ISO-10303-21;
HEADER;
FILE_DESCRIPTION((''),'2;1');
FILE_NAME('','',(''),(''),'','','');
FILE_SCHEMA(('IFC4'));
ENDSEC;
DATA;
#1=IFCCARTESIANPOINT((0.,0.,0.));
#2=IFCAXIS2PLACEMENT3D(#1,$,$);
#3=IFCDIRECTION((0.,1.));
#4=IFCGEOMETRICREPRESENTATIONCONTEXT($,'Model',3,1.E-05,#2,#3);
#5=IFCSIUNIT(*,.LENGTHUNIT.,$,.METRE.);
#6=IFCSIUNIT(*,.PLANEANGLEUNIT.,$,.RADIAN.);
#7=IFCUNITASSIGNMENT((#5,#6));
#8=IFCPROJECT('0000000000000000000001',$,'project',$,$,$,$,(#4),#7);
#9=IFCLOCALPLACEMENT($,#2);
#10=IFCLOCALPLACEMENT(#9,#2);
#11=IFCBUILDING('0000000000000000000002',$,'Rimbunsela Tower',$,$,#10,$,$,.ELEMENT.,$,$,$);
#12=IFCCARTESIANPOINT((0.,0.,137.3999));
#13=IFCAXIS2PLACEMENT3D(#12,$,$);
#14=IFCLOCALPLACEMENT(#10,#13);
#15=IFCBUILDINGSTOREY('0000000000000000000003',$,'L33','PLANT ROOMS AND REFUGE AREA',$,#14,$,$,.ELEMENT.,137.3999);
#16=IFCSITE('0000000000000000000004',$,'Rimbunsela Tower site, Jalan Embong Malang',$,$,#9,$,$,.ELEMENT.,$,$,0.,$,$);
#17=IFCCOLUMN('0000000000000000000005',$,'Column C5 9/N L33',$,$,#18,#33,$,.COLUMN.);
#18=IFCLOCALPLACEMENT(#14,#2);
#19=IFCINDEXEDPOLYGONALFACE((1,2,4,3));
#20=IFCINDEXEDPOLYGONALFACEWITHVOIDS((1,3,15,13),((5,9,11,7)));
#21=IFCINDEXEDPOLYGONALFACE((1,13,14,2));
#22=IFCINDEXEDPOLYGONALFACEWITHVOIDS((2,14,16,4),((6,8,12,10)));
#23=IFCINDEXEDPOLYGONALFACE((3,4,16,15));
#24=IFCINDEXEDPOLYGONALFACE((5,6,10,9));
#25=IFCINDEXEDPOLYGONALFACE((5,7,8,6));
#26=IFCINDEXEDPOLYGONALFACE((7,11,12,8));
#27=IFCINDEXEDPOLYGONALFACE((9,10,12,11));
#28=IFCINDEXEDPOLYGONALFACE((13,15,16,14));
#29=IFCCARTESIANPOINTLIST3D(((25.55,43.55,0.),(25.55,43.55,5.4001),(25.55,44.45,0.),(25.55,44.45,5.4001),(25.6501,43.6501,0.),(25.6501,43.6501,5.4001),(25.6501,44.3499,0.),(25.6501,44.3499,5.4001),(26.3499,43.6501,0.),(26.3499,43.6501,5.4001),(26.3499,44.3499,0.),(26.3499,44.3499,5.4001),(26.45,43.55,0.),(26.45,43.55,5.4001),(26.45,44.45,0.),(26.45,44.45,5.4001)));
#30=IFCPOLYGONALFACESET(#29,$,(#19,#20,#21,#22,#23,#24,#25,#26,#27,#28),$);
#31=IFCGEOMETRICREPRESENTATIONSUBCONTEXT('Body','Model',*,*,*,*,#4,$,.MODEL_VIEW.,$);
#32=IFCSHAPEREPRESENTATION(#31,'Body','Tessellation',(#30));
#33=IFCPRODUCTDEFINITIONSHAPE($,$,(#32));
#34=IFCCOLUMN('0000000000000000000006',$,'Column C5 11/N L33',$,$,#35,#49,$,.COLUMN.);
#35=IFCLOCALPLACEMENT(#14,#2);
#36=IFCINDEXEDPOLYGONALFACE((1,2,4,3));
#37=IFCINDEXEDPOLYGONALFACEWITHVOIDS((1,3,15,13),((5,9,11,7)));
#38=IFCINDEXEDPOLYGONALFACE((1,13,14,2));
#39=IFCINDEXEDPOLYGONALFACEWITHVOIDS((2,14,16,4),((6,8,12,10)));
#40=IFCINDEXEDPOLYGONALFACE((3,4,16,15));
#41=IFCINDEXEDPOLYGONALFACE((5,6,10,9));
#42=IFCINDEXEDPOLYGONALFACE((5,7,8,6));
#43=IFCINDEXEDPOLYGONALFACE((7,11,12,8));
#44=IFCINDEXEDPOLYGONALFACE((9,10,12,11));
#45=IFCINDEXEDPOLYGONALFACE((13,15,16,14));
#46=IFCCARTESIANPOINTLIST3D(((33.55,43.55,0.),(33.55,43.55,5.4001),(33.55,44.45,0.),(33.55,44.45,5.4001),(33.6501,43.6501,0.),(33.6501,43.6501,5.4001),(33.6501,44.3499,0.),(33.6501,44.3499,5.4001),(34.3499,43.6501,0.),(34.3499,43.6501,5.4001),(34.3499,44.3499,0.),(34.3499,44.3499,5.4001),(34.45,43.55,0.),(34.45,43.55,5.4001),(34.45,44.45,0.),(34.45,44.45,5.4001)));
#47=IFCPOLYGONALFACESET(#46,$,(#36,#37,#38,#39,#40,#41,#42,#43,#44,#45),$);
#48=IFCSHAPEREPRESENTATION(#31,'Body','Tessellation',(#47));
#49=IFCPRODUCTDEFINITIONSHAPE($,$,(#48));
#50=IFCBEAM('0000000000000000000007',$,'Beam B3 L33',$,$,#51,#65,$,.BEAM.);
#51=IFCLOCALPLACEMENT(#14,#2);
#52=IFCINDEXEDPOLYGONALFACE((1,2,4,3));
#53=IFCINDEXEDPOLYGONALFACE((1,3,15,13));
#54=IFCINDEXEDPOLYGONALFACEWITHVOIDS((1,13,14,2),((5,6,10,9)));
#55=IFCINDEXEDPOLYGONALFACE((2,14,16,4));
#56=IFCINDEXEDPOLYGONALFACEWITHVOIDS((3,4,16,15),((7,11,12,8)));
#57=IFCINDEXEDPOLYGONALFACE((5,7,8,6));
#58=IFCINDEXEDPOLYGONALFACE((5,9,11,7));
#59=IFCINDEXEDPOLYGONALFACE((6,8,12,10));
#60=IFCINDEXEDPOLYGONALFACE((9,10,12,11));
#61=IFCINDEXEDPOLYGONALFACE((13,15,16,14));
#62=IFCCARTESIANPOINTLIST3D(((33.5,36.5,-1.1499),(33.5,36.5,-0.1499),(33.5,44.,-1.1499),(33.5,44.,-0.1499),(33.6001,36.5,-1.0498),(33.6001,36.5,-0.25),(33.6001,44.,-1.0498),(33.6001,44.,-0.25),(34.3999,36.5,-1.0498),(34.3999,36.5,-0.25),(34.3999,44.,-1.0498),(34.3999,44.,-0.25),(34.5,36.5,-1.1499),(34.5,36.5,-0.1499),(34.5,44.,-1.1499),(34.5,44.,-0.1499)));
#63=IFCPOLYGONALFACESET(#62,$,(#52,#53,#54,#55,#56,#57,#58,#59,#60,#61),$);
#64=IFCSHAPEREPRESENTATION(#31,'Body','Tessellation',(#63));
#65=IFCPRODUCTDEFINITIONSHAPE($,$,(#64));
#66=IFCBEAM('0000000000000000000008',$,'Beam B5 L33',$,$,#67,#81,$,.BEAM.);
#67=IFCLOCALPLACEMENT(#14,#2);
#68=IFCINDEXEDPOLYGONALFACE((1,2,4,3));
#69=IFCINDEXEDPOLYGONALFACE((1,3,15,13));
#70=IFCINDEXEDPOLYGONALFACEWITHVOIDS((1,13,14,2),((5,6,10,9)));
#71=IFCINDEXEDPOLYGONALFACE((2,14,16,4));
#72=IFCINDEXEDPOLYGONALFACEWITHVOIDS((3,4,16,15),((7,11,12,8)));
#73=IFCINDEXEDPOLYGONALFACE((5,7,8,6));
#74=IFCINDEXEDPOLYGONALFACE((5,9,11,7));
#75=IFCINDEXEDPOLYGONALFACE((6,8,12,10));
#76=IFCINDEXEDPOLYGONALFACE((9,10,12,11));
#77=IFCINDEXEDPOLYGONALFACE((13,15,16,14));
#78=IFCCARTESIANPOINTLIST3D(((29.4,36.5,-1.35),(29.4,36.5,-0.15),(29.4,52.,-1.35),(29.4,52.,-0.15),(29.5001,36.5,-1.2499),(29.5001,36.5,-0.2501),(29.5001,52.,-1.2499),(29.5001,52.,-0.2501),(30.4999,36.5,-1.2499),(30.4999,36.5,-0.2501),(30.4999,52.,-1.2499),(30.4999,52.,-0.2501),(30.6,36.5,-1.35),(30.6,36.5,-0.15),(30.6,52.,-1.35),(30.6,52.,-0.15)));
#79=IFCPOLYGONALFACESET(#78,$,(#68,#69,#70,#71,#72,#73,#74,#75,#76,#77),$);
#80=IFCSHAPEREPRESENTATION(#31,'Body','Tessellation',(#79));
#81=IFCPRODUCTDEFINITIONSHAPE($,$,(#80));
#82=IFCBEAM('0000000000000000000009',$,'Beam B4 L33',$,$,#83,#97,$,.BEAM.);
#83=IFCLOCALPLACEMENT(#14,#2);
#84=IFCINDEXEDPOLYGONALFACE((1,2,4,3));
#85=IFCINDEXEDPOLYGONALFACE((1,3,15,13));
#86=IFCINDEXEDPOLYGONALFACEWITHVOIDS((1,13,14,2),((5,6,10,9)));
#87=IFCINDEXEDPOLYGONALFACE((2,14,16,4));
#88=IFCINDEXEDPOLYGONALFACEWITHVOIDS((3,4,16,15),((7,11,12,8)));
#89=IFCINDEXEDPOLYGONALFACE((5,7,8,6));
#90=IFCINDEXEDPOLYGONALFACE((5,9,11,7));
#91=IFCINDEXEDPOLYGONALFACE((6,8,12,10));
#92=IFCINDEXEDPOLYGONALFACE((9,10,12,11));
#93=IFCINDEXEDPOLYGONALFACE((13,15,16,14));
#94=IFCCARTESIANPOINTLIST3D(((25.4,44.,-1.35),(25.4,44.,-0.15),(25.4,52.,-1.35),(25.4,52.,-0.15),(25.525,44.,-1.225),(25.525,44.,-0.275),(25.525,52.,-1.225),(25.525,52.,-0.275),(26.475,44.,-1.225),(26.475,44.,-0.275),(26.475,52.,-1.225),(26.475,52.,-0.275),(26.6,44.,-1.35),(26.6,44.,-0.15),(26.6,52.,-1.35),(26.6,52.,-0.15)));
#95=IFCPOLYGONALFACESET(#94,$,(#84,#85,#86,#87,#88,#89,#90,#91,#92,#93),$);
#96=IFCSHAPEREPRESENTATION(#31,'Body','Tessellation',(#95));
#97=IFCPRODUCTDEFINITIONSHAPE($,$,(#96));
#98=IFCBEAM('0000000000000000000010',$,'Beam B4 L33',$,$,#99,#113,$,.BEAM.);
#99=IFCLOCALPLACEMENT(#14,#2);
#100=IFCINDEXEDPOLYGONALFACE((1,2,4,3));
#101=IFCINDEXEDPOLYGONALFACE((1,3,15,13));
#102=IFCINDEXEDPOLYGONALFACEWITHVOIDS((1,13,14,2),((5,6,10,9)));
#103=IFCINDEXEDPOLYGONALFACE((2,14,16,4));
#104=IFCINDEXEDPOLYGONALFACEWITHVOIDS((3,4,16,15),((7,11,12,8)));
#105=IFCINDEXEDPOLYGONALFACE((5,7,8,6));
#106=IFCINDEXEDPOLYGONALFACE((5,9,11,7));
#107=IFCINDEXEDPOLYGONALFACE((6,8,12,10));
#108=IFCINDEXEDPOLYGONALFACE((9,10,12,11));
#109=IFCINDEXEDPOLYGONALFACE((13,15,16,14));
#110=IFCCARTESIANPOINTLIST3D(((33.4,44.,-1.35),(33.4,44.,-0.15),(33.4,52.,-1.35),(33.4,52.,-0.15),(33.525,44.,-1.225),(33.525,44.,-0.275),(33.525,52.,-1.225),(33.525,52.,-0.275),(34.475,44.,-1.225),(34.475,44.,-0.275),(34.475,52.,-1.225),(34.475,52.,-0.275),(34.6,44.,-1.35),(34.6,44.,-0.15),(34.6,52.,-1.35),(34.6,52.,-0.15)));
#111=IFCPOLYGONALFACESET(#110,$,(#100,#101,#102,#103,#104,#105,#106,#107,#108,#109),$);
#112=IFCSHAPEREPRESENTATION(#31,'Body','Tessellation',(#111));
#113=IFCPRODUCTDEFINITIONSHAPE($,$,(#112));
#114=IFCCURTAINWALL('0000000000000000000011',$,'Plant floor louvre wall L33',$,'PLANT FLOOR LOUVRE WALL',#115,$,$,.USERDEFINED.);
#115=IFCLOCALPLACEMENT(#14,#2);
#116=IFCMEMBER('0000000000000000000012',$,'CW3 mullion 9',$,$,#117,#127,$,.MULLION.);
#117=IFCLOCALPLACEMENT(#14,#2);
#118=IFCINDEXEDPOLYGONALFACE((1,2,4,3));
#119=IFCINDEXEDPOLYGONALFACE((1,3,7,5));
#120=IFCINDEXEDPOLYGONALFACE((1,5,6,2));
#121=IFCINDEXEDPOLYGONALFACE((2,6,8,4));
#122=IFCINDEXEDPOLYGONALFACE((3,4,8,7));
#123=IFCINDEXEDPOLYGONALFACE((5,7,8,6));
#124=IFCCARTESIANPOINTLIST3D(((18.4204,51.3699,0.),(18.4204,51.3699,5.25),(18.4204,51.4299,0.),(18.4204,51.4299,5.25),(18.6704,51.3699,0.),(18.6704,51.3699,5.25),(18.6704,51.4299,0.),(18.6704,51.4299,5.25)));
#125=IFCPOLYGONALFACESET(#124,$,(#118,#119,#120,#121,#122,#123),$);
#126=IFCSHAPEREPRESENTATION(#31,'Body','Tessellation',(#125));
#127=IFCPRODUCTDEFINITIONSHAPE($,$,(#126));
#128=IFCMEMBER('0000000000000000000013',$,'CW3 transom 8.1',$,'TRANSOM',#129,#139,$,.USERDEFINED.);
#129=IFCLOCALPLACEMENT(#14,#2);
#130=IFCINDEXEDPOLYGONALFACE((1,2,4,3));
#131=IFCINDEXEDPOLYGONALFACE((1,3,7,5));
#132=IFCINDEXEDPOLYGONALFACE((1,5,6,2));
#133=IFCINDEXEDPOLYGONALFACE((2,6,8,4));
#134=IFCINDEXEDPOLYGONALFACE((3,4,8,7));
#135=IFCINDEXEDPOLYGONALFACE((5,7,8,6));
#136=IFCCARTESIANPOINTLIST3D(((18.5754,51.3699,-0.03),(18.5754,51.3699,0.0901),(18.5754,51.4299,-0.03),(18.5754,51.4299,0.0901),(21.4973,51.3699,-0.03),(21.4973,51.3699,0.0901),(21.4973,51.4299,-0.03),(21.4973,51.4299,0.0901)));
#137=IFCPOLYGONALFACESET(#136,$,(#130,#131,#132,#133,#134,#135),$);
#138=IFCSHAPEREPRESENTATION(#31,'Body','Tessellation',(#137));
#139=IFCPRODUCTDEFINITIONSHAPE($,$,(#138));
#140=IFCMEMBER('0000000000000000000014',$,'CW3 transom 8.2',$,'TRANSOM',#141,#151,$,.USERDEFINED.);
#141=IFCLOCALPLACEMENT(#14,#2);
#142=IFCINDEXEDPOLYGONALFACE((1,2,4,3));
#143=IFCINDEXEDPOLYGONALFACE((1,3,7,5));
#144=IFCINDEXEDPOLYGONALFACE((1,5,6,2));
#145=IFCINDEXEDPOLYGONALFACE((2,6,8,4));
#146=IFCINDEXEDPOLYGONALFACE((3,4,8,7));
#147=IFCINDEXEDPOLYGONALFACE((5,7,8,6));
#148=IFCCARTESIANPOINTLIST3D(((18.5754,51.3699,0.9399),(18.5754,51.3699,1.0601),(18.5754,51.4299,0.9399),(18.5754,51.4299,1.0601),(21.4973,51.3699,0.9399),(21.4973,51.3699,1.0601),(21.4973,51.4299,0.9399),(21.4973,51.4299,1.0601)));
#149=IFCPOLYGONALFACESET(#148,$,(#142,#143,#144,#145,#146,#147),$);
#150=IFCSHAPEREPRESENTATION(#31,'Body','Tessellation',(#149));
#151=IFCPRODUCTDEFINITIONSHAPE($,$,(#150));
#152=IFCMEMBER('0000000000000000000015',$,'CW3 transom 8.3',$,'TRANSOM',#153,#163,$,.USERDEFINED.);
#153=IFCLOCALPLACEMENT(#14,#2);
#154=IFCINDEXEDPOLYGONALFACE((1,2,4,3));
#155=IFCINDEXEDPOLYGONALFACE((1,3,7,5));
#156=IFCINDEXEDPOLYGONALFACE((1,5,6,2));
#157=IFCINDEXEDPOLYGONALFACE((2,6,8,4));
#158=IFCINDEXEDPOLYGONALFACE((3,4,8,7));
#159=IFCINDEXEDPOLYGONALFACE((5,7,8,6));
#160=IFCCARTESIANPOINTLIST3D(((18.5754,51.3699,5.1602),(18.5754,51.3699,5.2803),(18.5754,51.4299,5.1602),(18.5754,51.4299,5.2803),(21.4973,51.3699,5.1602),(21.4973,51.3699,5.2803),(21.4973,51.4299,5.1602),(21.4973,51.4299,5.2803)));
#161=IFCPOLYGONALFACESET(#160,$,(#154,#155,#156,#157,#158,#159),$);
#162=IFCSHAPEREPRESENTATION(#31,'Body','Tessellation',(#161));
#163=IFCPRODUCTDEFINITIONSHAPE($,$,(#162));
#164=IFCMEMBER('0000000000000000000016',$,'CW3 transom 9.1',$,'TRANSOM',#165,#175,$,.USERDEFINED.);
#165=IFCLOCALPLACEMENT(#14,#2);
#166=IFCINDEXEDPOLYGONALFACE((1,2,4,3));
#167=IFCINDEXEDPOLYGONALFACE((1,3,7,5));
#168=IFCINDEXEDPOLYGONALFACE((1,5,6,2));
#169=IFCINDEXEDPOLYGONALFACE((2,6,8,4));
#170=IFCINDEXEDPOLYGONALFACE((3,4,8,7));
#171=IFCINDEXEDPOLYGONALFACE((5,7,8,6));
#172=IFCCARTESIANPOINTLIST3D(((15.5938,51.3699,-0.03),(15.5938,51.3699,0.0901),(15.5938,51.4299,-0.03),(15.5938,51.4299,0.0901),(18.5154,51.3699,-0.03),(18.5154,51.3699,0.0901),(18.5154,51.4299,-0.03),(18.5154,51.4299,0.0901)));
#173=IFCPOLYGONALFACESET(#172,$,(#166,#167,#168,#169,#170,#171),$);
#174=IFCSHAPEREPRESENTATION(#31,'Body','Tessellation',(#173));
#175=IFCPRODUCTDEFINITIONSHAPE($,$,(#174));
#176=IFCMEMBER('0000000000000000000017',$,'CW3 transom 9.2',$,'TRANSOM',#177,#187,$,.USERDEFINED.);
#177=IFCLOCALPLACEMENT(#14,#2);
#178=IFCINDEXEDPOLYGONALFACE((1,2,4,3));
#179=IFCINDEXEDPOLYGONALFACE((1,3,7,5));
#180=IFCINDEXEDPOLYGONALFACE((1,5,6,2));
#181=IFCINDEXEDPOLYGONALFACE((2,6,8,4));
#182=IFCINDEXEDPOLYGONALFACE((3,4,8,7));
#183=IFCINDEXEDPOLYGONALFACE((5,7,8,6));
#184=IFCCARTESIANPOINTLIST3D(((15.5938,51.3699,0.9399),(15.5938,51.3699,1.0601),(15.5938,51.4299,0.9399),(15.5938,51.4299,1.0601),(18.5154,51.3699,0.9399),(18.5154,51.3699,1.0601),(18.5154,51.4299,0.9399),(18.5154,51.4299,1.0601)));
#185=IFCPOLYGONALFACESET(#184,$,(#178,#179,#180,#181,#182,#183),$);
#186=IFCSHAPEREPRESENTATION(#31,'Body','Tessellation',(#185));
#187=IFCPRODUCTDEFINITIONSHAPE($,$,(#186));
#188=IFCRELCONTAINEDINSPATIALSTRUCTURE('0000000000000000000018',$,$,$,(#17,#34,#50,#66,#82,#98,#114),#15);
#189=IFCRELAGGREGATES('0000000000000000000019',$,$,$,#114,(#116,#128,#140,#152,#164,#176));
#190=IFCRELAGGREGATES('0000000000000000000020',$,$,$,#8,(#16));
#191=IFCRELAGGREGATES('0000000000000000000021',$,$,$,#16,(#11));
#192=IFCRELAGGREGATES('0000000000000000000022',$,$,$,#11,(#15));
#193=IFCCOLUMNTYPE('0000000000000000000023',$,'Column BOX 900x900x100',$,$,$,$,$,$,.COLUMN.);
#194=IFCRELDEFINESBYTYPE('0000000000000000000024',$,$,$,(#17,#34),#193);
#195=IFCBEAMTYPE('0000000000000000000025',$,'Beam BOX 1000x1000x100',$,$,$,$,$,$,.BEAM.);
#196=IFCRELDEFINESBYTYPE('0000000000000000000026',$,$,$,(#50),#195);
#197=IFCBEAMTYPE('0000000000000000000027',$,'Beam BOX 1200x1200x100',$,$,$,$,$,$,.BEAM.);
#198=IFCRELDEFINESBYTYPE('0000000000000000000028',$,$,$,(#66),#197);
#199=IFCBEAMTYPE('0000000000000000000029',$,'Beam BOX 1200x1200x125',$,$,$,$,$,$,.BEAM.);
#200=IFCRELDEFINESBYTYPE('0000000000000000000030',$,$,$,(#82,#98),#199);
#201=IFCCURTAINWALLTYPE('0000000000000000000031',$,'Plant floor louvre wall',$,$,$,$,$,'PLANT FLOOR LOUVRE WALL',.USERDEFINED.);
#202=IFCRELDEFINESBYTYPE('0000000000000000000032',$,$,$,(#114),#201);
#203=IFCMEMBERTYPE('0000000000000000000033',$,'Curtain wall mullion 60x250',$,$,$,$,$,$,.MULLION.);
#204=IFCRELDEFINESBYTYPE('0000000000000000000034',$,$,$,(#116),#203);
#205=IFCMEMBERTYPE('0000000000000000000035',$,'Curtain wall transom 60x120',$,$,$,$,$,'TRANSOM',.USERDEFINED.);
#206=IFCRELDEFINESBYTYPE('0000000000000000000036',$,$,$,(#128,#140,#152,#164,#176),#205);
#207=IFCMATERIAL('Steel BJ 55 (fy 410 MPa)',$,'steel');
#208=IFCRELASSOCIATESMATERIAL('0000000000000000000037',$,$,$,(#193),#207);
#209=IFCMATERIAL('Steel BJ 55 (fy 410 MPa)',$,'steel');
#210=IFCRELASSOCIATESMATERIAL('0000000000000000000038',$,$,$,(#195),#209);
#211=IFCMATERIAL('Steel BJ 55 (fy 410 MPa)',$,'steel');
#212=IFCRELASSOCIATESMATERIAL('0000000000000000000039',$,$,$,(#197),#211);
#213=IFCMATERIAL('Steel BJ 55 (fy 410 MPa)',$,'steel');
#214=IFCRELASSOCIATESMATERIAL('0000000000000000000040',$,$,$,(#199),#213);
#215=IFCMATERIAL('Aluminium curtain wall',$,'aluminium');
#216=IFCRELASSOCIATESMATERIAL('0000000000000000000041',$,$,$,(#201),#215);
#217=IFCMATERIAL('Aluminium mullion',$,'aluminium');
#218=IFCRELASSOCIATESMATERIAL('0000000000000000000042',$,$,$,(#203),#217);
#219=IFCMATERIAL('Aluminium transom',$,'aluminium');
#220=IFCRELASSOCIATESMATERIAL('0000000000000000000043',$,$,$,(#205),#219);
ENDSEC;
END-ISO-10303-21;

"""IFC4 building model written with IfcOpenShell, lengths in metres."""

from ifc_helpers import new_model, si_unit, direction, frame, origin, origin_2d, place, context, subcontext, project, spatial, rectangle, hollow_rectangle, extrude, material, material_profile, profile_set, type_object, element, aggregate, save


model = new_model("IFC4")

# Units and contexts
model_context = context("Model", 3, precision=1e-05, world=origin(), true_north=direction((0.0, 1.0)))
body_context = subcontext(model_context, "Body", "Model", "MODEL_VIEW")
ifc_project = project(units=[si_unit("LENGTHUNIT", "METRE"), si_unit("PLANEANGLEUNIT", "RADIAN")], contexts=[model_context])

# Site, building, storey
site_placement = place(None, origin())
site = spatial("IfcSite", under=ifc_project, at=site_placement, Name="Rimbunsela Tower site, Jalan Embong Malang", CompositionType="ELEMENT", RefElevation=0.0)
building_placement = place(site_placement, origin())
building = spatial("IfcBuilding", under=site, at=building_placement, Name="Rimbunsela Tower", CompositionType="ELEMENT")
storey_placement = place(building_placement, frame((0.0, 0.0, 137.3999)))
storey = spatial("IfcBuildingStorey", under=building, at=storey_placement, Name="L33", Description="PLANT ROOMS AND REFUGE AREA", CompositionType="ELEMENT", Elevation=137.3999)

# Columns
ifc_material_1 = material(Name="Steel BJ 55 (fy 410 MPa)", Category="steel")
ifc_material_profile_1 = material_profile(ifc_material_1, hollow_rectangle(XDim=0.8999, YDim=0.8999, WallThickness=0.1001, at=origin_2d()), Name="BOX 900x900x100")
ifc_profile_set_1 = profile_set([ifc_material_profile_1], Name="Steel BJ 55 (fy 410 MPa)")
column_type = type_object("IfcColumnType", Name="Column BOX 900x900x100", PredefinedType="COLUMN", material=ifc_profile_set_1)
for number, where, z_axis, x_axis, name in (
    (1, (26.0, 44.0, 0.0), (0.0, 0.0, 1.0), (1.0, 0.0, 0.0), "Column C5 9/N L33"),
    (2, (34.0, 44.0, 0.0), (0.0, 0.0, 1.0), (1.0, 0.0, 0.0), "Column C5 11/N L33"),
):
    element("IfcColumn", number, at=place(storey_placement, frame(where, z_axis=z_axis, x_axis=x_axis)), inside=storey, type_object=column_type, Name=name, PredefinedType="COLUMN", context=body_context, shape_type="SweptSolid", body=[
        extrude(hollow_rectangle(XDim=0.8999, YDim=0.8999, WallThickness=0.1001, at=origin_2d()), origin(), (0.0, 0.0, 1.0), 5.4001),
    ])

# Beams
ifc_material_2 = material(Name="Steel BJ 55 (fy 410 MPa)", Category="steel")
ifc_material_profile_2 = material_profile(ifc_material_2, hollow_rectangle(XDim=1.0, YDim=1.0, WallThickness=0.1001, at=origin_2d()), Name="BOX 1000x1000x100")
ifc_profile_set_2 = profile_set([ifc_material_profile_2], Name="Steel BJ 55 (fy 410 MPa)")
beam_type_1 = type_object("IfcBeamType", Name="Beam BOX 1000x1000x100", PredefinedType="BEAM", material=ifc_profile_set_2)
beam_1_placement = place(storey_placement, frame((34.0, 36.5, -0.6499), z_axis=(0.0, 1.0, 0.0), x_axis=(-1.0, 0.0, 0.0)))
element("IfcBeam", 3, at=beam_1_placement, inside=storey, type_object=beam_type_1, Name="Beam B3 L33", PredefinedType="BEAM", context=body_context, shape_type="SweptSolid", body=[
    extrude(hollow_rectangle(XDim=1.0, YDim=1.0, WallThickness=0.1001, at=origin_2d()), origin(), (0.0, 0.0, 1.0), 7.5),
])
ifc_material_3 = material(Name="Steel BJ 55 (fy 410 MPa)", Category="steel")
ifc_material_profile_3 = material_profile(ifc_material_3, hollow_rectangle(XDim=1.2, YDim=1.2, WallThickness=0.1001, at=origin_2d()), Name="BOX 1200x1200x100")
ifc_profile_set_3 = profile_set([ifc_material_profile_3], Name="Steel BJ 55 (fy 410 MPa)")
beam_type_2 = type_object("IfcBeamType", Name="Beam BOX 1200x1200x100", PredefinedType="BEAM", material=ifc_profile_set_3)
beam_2_placement = place(storey_placement, frame((30.0, 36.5, -0.75), z_axis=(0.0, 1.0, 0.0), x_axis=(-1.0, 0.0, 0.0)))
element("IfcBeam", 4, at=beam_2_placement, inside=storey, type_object=beam_type_2, Name="Beam B5 L33", PredefinedType="BEAM", context=body_context, shape_type="SweptSolid", body=[
    extrude(hollow_rectangle(XDim=1.2, YDim=1.2, WallThickness=0.1001, at=origin_2d()), origin(), (0.0, 0.0, 1.0), 15.5),
])
ifc_material_4 = material(Name="Steel BJ 55 (fy 410 MPa)", Category="steel")
ifc_material_profile_4 = material_profile(ifc_material_4, hollow_rectangle(XDim=1.2, YDim=1.2, WallThickness=0.125, at=origin_2d()), Name="BOX 1200x1200x125")
ifc_profile_set_4 = profile_set([ifc_material_profile_4], Name="Steel BJ 55 (fy 410 MPa)")
beam_type_3 = type_object("IfcBeamType", Name="Beam BOX 1200x1200x125", PredefinedType="BEAM", material=ifc_profile_set_4)
for number, where, z_axis, x_axis, name in (
    (5, (26.0, 44.0, -0.75), (0.0, 1.0, 0.0), (-1.0, 0.0, 0.0), "Beam B4 L33"),
    (6, (34.0, 44.0, -0.75), (0.0, 1.0, 0.0), (-1.0, 0.0, 0.0), "Beam B4 L33"),
):
    element("IfcBeam", number, at=place(storey_placement, frame(where, z_axis=z_axis, x_axis=x_axis)), inside=storey, type_object=beam_type_3, Name=name, PredefinedType="BEAM", context=body_context, shape_type="SweptSolid", body=[
        extrude(hollow_rectangle(XDim=1.2, YDim=1.2, WallThickness=0.125, at=origin_2d()), origin(), (0.0, 0.0, 1.0), 8.0),
    ])

# Curtain wall, members
ifc_material_5 = material(Name="Aluminium curtain wall", Category="aluminium")
curtain_wall_type = type_object("IfcCurtainWallType", Name="Plant floor louvre wall", ElementType="PLANT FLOOR LOUVRE WALL", PredefinedType="USERDEFINED", material=ifc_material_5)
curtain_wall_placement = place(storey_placement, origin())
curtain_wall = element("IfcCurtainWall", 7, at=curtain_wall_placement, inside=storey, type_object=curtain_wall_type, Name="Plant floor louvre wall L33", ObjectType="PLANT FLOOR LOUVRE WALL", PredefinedType="USERDEFINED")
ifc_material_6 = material(Name="Aluminium mullion", Category="aluminium")
ifc_material_profile_5 = material_profile(ifc_material_6, rectangle(XDim=0.0601, YDim=0.25, at=origin_2d()), Name="Mullion 60x250")
ifc_profile_set_5 = profile_set([ifc_material_profile_5], Name="Aluminium mullion")
member_type_1 = type_object("IfcMemberType", Name="Curtain wall mullion 60x250", PredefinedType="MULLION", material=ifc_profile_set_5)
member_1_placement = place(storey_placement, frame((18.5454, 51.3999, 0.0), z_axis=(0.0, 0.0, 1.0), x_axis=(0.0, -1.0, 0.0)))
member_1 = element("IfcMember", 8, at=member_1_placement, type_object=member_type_1, Name="CW3 mullion 9", PredefinedType="MULLION", context=body_context, shape_type="SweptSolid", body=[
    extrude(rectangle(XDim=0.0601, YDim=0.25, at=origin_2d()), origin(), (0.0, 0.0, 1.0), 5.25),
])
ifc_material_7 = material(Name="Aluminium transom", Category="aluminium")
ifc_material_profile_6 = material_profile(ifc_material_7, rectangle(XDim=0.0601, YDim=0.1201, at=origin_2d()), Name="Transom 60x120")
ifc_profile_set_6 = profile_set([ifc_material_profile_6], Name="Aluminium transom")
member_type_2 = type_object("IfcMemberType", Name="Curtain wall transom 60x120", ElementType="TRANSOM", PredefinedType="USERDEFINED", material=ifc_profile_set_6)
member_2_placement = place(storey_placement, frame((21.4973, 51.3999, 0.03), z_axis=(-1.0, 0.0, 0.0), x_axis=(0.0, -1.0, 0.0)))
member_2 = element("IfcMember", 9, at=member_2_placement, type_object=member_type_2, Name="CW3 transom 8.1", ObjectType="TRANSOM", PredefinedType="USERDEFINED", context=body_context, shape_type="SweptSolid", body=[
    extrude(rectangle(XDim=0.0601, YDim=0.1201, at=origin_2d()), origin(), (0.0, 0.0, 1.0), 2.9219),
])
member_3_placement = place(storey_placement, frame((21.4973, 51.3999, 1.0), z_axis=(-1.0, 0.0, 0.0), x_axis=(0.0, -1.0, 0.0)))
member_3 = element("IfcMember", 10, at=member_3_placement, type_object=member_type_2, Name="CW3 transom 8.2", ObjectType="TRANSOM", PredefinedType="USERDEFINED", context=body_context, shape_type="SweptSolid", body=[
    extrude(rectangle(XDim=0.0601, YDim=0.1201, at=origin_2d()), origin(), (0.0, 0.0, 1.0), 2.9219),
])
member_4_placement = place(storey_placement, frame((21.4973, 51.3999, 5.2202), z_axis=(-1.0, 0.0, 0.0), x_axis=(0.0, -1.0, 0.0)))
member_4 = element("IfcMember", 11, at=member_4_placement, type_object=member_type_2, Name="CW3 transom 8.3", ObjectType="TRANSOM", PredefinedType="USERDEFINED", context=body_context, shape_type="SweptSolid", body=[
    extrude(rectangle(XDim=0.0601, YDim=0.1201, at=origin_2d()), origin(), (0.0, 0.0, 1.0), 2.9219),
])
member_5_placement = place(storey_placement, frame((18.5154, 51.3999, 0.03), z_axis=(-1.0, 0.0, 0.0), x_axis=(0.0, -1.0, 0.0)))
member_5 = element("IfcMember", 12, at=member_5_placement, type_object=member_type_2, Name="CW3 transom 9.1", ObjectType="TRANSOM", PredefinedType="USERDEFINED", context=body_context, shape_type="SweptSolid", body=[
    extrude(rectangle(XDim=0.0601, YDim=0.1201, at=origin_2d()), origin(), (0.0, 0.0, 1.0), 2.9216),
])
member_6_placement = place(storey_placement, frame((18.5154, 51.3999, 1.0), z_axis=(-1.0, 0.0, 0.0), x_axis=(0.0, -1.0, 0.0)))
member_6 = element("IfcMember", 13, at=member_6_placement, type_object=member_type_2, Name="CW3 transom 9.2", ObjectType="TRANSOM", PredefinedType="USERDEFINED", context=body_context, shape_type="SweptSolid", body=[
    extrude(rectangle(XDim=0.0601, YDim=0.1201, at=origin_2d()), origin(), (0.0, 0.0, 1.0), 2.9216),
])
aggregate(curtain_wall, [member_1, member_2, member_3, member_4, member_5, member_6])

save(model, "model.ifc")
